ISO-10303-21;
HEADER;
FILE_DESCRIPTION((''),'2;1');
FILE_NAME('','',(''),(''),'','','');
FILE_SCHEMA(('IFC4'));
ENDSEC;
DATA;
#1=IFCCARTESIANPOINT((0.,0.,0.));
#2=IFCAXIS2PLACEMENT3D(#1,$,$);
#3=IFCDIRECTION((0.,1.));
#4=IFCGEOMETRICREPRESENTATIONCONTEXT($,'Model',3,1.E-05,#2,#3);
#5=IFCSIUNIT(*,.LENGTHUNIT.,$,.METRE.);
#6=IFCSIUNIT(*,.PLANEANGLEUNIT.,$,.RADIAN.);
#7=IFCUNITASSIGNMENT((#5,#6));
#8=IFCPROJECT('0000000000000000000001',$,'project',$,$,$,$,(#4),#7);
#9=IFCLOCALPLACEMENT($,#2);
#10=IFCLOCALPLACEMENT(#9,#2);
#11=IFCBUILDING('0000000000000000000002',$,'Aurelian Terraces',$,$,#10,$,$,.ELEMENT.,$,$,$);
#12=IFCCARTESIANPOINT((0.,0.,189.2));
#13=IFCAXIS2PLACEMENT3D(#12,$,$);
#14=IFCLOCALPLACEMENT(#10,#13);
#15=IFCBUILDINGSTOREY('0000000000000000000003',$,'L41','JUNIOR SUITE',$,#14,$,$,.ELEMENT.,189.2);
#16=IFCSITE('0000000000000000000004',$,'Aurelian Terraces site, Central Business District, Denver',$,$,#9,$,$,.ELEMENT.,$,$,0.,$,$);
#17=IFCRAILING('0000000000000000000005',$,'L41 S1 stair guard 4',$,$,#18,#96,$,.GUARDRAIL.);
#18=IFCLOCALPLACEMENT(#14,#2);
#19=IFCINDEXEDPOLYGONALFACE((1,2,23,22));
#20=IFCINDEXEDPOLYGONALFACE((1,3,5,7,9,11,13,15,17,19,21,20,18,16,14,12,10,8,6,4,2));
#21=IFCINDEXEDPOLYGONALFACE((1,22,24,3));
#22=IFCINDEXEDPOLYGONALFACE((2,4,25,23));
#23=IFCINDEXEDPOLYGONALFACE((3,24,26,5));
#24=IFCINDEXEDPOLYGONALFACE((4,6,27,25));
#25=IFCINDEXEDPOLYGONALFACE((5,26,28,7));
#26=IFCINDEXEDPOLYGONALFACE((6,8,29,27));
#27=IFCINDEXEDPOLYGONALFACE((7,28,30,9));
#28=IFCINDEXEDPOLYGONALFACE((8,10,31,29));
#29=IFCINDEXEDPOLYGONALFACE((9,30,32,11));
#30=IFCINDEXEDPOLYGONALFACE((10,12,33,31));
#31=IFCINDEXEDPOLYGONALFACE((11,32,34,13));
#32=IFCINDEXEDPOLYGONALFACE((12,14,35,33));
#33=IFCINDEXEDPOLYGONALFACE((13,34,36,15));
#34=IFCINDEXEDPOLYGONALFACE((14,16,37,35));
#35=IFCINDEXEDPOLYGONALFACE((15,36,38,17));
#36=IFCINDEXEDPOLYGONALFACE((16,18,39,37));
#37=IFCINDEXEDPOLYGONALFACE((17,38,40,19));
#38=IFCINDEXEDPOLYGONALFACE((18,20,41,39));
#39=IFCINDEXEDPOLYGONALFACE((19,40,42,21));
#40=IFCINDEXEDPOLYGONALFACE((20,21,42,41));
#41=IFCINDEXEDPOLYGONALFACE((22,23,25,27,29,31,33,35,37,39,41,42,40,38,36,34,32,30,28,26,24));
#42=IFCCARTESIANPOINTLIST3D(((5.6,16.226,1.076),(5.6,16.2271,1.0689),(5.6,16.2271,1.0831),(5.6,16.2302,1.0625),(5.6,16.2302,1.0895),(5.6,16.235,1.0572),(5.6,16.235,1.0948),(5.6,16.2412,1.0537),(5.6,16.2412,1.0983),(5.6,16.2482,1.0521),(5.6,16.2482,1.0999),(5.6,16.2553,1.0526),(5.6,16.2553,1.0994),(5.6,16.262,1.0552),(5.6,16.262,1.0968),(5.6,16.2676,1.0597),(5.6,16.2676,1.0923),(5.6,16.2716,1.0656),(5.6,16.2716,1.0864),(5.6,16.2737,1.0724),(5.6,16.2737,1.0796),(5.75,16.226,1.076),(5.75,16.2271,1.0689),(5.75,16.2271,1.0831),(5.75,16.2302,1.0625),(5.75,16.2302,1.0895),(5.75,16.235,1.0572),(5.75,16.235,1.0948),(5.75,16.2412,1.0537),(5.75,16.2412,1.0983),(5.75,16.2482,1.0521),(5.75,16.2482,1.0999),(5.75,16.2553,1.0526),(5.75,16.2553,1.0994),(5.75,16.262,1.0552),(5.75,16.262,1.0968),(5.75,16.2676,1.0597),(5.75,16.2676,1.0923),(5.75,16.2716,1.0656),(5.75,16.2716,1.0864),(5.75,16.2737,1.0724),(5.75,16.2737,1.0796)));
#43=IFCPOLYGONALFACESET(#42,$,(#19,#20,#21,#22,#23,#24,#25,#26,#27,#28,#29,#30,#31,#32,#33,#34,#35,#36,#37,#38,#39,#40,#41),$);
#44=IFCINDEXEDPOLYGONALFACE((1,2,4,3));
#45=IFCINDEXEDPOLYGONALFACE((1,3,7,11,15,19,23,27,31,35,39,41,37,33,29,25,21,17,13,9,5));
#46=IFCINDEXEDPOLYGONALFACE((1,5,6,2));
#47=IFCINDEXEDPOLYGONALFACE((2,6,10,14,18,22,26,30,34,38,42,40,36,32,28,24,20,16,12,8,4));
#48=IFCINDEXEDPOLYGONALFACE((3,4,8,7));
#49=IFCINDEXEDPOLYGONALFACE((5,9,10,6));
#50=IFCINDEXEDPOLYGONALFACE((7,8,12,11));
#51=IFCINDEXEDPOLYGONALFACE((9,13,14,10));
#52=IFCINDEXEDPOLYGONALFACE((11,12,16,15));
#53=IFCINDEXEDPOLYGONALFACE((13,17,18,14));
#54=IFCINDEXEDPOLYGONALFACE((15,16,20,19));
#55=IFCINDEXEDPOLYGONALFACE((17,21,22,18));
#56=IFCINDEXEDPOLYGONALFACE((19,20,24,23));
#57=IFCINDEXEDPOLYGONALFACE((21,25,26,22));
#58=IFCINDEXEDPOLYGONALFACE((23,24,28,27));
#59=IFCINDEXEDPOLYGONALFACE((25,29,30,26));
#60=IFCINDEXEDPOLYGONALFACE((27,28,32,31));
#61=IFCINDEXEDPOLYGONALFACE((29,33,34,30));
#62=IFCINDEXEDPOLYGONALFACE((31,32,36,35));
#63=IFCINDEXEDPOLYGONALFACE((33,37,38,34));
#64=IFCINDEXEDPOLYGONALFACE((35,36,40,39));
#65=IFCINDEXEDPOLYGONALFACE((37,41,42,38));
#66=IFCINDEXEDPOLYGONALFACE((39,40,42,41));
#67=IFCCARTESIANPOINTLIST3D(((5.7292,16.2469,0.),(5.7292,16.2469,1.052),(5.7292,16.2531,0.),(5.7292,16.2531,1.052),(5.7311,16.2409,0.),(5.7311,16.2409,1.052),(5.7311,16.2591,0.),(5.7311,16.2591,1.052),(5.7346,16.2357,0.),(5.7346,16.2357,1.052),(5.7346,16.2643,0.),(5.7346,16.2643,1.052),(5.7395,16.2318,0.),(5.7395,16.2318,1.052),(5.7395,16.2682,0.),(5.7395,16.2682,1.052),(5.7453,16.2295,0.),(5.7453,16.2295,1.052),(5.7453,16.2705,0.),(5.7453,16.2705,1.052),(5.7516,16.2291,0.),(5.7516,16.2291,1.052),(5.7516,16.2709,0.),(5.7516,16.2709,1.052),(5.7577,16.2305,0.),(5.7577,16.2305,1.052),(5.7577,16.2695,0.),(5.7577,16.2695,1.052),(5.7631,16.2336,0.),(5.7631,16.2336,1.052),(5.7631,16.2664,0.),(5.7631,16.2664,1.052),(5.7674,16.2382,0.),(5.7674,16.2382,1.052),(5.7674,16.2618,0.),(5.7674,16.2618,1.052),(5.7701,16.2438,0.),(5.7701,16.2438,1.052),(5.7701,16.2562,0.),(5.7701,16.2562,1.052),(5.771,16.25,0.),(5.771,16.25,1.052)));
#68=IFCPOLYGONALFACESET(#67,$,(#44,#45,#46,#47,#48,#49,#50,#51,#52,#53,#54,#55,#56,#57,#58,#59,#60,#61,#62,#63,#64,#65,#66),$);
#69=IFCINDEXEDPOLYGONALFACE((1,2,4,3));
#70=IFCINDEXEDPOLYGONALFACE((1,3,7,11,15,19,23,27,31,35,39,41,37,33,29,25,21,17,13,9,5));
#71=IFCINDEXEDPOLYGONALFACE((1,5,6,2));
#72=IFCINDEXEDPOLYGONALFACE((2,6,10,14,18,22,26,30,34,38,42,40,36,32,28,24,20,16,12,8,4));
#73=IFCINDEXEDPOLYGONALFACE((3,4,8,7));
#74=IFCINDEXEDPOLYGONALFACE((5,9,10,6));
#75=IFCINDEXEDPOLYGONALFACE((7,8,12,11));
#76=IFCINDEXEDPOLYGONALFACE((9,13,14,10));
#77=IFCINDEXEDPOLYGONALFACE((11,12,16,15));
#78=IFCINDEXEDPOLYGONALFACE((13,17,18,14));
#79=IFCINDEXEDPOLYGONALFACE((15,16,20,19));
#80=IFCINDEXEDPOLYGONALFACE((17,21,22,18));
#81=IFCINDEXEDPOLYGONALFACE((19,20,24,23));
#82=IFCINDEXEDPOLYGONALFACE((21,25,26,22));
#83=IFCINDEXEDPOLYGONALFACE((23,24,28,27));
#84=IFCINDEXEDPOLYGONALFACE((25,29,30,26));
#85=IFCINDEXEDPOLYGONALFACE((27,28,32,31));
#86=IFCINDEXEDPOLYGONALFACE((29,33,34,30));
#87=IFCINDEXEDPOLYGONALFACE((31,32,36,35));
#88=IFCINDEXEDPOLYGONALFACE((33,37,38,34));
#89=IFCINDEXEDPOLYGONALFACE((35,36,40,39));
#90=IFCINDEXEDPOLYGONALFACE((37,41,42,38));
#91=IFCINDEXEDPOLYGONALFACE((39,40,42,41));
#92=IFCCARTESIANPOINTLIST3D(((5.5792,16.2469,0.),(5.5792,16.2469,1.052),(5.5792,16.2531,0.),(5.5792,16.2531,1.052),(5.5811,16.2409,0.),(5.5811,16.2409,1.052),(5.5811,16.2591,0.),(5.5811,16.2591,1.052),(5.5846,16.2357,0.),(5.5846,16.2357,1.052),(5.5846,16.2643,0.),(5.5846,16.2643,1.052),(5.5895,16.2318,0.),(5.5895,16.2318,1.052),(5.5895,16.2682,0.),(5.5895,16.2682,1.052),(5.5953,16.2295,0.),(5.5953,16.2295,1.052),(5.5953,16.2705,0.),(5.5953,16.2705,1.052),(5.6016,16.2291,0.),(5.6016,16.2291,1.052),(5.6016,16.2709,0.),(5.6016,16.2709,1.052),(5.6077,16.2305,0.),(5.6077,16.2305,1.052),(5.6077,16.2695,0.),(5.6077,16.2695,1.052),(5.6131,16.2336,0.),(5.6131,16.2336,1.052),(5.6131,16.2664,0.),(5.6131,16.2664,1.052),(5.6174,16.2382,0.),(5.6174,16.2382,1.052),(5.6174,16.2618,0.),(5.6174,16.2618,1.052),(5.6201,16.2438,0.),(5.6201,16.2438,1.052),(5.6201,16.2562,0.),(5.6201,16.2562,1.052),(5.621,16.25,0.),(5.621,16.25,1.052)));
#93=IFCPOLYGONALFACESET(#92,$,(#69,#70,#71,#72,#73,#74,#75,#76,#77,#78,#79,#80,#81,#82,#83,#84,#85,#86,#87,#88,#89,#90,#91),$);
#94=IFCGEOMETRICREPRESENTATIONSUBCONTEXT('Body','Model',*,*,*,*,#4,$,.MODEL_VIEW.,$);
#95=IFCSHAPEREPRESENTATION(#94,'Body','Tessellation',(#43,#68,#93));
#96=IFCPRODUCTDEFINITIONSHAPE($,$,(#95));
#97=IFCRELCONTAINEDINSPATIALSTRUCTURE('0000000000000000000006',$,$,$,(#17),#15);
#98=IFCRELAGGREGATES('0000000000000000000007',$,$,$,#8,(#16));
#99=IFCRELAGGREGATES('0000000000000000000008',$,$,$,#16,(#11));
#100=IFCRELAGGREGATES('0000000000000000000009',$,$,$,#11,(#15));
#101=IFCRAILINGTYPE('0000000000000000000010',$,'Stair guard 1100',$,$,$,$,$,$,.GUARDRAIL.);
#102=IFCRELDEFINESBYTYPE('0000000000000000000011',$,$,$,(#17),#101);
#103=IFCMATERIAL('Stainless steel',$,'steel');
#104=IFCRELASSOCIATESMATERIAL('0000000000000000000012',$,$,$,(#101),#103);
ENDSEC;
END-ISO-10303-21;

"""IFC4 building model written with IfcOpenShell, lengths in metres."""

from ifc_helpers import new_model, si_unit, direction, frame, origin, origin_2d, place, context, subcontext, project, spatial, circle, extrude, source, transform, mapped, material, type_object, element, save


model = new_model("IFC4")

# Units and contexts
model_context = context("Model", 3, precision=1e-05, world=origin(), true_north=direction((0.0, 1.0)))
body_context = subcontext(model_context, "Body", "Model", "MODEL_VIEW")
ifc_project = project(units=[si_unit("LENGTHUNIT", "METRE"), si_unit("PLANEANGLEUNIT", "RADIAN")], contexts=[model_context])

# Site, building, storey
site_placement = place(None, origin())
site = spatial("IfcSite", under=ifc_project, at=site_placement, Name="Aurelian Terraces site, Central Business District, Denver", CompositionType="ELEMENT", RefElevation=0.0)
building_placement = place(site_placement, origin())
building = spatial("IfcBuilding", under=site, at=building_placement, Name="Aurelian Terraces", CompositionType="ELEMENT")
storey_placement = place(building_placement, frame((0.0, 0.0, 189.2)))
storey = spatial("IfcBuildingStorey", under=building, at=storey_placement, Name="L41", Description="JUNIOR SUITE", CompositionType="ELEMENT", Elevation=189.2)

# Railing
ifc_material_1 = material(Name="Stainless steel", Category="steel")
railing_type_1 = type_object("IfcRailingType", Name="Stair guard 1100", PredefinedType="GUARDRAIL", material=ifc_material_1)
shared_shape_1 = source(origin(), body_context, "Body", "SweptSolid", [
    extrude(circle(Radius=0.024, at=origin_2d()), frame((0.0, 0.0, 1.076), z_axis=(-1.0, 0.0, 0.0), x_axis=(0.0, -1.0, 0.0)), (0.0, 0.0, 1.0), 0.15),
    extrude(circle(Radius=0.021, at=origin_2d()), origin(), (0.0, 0.0, 1.0), 1.052),
    extrude(circle(Radius=0.021, at=origin_2d()), frame((-0.15, 0.0, 0.0)), (0.0, 0.0, 1.0), 1.052),
])
for number, where, name in (
    (1, (5.75, 16.25, 0.0), "L41 S1 stair guard 4"),
):
    element("IfcRailing", number, at=place(storey_placement, frame(where)), inside=storey, type_object=railing_type_1, Name=name, PredefinedType="GUARDRAIL", context=body_context, shape_type="MappedRepresentation", body=[
        mapped(shared_shape_1, transform((0.0, 0.0, 0.0), scale=1.0)),
    ])

save(model, "model.ifc")
